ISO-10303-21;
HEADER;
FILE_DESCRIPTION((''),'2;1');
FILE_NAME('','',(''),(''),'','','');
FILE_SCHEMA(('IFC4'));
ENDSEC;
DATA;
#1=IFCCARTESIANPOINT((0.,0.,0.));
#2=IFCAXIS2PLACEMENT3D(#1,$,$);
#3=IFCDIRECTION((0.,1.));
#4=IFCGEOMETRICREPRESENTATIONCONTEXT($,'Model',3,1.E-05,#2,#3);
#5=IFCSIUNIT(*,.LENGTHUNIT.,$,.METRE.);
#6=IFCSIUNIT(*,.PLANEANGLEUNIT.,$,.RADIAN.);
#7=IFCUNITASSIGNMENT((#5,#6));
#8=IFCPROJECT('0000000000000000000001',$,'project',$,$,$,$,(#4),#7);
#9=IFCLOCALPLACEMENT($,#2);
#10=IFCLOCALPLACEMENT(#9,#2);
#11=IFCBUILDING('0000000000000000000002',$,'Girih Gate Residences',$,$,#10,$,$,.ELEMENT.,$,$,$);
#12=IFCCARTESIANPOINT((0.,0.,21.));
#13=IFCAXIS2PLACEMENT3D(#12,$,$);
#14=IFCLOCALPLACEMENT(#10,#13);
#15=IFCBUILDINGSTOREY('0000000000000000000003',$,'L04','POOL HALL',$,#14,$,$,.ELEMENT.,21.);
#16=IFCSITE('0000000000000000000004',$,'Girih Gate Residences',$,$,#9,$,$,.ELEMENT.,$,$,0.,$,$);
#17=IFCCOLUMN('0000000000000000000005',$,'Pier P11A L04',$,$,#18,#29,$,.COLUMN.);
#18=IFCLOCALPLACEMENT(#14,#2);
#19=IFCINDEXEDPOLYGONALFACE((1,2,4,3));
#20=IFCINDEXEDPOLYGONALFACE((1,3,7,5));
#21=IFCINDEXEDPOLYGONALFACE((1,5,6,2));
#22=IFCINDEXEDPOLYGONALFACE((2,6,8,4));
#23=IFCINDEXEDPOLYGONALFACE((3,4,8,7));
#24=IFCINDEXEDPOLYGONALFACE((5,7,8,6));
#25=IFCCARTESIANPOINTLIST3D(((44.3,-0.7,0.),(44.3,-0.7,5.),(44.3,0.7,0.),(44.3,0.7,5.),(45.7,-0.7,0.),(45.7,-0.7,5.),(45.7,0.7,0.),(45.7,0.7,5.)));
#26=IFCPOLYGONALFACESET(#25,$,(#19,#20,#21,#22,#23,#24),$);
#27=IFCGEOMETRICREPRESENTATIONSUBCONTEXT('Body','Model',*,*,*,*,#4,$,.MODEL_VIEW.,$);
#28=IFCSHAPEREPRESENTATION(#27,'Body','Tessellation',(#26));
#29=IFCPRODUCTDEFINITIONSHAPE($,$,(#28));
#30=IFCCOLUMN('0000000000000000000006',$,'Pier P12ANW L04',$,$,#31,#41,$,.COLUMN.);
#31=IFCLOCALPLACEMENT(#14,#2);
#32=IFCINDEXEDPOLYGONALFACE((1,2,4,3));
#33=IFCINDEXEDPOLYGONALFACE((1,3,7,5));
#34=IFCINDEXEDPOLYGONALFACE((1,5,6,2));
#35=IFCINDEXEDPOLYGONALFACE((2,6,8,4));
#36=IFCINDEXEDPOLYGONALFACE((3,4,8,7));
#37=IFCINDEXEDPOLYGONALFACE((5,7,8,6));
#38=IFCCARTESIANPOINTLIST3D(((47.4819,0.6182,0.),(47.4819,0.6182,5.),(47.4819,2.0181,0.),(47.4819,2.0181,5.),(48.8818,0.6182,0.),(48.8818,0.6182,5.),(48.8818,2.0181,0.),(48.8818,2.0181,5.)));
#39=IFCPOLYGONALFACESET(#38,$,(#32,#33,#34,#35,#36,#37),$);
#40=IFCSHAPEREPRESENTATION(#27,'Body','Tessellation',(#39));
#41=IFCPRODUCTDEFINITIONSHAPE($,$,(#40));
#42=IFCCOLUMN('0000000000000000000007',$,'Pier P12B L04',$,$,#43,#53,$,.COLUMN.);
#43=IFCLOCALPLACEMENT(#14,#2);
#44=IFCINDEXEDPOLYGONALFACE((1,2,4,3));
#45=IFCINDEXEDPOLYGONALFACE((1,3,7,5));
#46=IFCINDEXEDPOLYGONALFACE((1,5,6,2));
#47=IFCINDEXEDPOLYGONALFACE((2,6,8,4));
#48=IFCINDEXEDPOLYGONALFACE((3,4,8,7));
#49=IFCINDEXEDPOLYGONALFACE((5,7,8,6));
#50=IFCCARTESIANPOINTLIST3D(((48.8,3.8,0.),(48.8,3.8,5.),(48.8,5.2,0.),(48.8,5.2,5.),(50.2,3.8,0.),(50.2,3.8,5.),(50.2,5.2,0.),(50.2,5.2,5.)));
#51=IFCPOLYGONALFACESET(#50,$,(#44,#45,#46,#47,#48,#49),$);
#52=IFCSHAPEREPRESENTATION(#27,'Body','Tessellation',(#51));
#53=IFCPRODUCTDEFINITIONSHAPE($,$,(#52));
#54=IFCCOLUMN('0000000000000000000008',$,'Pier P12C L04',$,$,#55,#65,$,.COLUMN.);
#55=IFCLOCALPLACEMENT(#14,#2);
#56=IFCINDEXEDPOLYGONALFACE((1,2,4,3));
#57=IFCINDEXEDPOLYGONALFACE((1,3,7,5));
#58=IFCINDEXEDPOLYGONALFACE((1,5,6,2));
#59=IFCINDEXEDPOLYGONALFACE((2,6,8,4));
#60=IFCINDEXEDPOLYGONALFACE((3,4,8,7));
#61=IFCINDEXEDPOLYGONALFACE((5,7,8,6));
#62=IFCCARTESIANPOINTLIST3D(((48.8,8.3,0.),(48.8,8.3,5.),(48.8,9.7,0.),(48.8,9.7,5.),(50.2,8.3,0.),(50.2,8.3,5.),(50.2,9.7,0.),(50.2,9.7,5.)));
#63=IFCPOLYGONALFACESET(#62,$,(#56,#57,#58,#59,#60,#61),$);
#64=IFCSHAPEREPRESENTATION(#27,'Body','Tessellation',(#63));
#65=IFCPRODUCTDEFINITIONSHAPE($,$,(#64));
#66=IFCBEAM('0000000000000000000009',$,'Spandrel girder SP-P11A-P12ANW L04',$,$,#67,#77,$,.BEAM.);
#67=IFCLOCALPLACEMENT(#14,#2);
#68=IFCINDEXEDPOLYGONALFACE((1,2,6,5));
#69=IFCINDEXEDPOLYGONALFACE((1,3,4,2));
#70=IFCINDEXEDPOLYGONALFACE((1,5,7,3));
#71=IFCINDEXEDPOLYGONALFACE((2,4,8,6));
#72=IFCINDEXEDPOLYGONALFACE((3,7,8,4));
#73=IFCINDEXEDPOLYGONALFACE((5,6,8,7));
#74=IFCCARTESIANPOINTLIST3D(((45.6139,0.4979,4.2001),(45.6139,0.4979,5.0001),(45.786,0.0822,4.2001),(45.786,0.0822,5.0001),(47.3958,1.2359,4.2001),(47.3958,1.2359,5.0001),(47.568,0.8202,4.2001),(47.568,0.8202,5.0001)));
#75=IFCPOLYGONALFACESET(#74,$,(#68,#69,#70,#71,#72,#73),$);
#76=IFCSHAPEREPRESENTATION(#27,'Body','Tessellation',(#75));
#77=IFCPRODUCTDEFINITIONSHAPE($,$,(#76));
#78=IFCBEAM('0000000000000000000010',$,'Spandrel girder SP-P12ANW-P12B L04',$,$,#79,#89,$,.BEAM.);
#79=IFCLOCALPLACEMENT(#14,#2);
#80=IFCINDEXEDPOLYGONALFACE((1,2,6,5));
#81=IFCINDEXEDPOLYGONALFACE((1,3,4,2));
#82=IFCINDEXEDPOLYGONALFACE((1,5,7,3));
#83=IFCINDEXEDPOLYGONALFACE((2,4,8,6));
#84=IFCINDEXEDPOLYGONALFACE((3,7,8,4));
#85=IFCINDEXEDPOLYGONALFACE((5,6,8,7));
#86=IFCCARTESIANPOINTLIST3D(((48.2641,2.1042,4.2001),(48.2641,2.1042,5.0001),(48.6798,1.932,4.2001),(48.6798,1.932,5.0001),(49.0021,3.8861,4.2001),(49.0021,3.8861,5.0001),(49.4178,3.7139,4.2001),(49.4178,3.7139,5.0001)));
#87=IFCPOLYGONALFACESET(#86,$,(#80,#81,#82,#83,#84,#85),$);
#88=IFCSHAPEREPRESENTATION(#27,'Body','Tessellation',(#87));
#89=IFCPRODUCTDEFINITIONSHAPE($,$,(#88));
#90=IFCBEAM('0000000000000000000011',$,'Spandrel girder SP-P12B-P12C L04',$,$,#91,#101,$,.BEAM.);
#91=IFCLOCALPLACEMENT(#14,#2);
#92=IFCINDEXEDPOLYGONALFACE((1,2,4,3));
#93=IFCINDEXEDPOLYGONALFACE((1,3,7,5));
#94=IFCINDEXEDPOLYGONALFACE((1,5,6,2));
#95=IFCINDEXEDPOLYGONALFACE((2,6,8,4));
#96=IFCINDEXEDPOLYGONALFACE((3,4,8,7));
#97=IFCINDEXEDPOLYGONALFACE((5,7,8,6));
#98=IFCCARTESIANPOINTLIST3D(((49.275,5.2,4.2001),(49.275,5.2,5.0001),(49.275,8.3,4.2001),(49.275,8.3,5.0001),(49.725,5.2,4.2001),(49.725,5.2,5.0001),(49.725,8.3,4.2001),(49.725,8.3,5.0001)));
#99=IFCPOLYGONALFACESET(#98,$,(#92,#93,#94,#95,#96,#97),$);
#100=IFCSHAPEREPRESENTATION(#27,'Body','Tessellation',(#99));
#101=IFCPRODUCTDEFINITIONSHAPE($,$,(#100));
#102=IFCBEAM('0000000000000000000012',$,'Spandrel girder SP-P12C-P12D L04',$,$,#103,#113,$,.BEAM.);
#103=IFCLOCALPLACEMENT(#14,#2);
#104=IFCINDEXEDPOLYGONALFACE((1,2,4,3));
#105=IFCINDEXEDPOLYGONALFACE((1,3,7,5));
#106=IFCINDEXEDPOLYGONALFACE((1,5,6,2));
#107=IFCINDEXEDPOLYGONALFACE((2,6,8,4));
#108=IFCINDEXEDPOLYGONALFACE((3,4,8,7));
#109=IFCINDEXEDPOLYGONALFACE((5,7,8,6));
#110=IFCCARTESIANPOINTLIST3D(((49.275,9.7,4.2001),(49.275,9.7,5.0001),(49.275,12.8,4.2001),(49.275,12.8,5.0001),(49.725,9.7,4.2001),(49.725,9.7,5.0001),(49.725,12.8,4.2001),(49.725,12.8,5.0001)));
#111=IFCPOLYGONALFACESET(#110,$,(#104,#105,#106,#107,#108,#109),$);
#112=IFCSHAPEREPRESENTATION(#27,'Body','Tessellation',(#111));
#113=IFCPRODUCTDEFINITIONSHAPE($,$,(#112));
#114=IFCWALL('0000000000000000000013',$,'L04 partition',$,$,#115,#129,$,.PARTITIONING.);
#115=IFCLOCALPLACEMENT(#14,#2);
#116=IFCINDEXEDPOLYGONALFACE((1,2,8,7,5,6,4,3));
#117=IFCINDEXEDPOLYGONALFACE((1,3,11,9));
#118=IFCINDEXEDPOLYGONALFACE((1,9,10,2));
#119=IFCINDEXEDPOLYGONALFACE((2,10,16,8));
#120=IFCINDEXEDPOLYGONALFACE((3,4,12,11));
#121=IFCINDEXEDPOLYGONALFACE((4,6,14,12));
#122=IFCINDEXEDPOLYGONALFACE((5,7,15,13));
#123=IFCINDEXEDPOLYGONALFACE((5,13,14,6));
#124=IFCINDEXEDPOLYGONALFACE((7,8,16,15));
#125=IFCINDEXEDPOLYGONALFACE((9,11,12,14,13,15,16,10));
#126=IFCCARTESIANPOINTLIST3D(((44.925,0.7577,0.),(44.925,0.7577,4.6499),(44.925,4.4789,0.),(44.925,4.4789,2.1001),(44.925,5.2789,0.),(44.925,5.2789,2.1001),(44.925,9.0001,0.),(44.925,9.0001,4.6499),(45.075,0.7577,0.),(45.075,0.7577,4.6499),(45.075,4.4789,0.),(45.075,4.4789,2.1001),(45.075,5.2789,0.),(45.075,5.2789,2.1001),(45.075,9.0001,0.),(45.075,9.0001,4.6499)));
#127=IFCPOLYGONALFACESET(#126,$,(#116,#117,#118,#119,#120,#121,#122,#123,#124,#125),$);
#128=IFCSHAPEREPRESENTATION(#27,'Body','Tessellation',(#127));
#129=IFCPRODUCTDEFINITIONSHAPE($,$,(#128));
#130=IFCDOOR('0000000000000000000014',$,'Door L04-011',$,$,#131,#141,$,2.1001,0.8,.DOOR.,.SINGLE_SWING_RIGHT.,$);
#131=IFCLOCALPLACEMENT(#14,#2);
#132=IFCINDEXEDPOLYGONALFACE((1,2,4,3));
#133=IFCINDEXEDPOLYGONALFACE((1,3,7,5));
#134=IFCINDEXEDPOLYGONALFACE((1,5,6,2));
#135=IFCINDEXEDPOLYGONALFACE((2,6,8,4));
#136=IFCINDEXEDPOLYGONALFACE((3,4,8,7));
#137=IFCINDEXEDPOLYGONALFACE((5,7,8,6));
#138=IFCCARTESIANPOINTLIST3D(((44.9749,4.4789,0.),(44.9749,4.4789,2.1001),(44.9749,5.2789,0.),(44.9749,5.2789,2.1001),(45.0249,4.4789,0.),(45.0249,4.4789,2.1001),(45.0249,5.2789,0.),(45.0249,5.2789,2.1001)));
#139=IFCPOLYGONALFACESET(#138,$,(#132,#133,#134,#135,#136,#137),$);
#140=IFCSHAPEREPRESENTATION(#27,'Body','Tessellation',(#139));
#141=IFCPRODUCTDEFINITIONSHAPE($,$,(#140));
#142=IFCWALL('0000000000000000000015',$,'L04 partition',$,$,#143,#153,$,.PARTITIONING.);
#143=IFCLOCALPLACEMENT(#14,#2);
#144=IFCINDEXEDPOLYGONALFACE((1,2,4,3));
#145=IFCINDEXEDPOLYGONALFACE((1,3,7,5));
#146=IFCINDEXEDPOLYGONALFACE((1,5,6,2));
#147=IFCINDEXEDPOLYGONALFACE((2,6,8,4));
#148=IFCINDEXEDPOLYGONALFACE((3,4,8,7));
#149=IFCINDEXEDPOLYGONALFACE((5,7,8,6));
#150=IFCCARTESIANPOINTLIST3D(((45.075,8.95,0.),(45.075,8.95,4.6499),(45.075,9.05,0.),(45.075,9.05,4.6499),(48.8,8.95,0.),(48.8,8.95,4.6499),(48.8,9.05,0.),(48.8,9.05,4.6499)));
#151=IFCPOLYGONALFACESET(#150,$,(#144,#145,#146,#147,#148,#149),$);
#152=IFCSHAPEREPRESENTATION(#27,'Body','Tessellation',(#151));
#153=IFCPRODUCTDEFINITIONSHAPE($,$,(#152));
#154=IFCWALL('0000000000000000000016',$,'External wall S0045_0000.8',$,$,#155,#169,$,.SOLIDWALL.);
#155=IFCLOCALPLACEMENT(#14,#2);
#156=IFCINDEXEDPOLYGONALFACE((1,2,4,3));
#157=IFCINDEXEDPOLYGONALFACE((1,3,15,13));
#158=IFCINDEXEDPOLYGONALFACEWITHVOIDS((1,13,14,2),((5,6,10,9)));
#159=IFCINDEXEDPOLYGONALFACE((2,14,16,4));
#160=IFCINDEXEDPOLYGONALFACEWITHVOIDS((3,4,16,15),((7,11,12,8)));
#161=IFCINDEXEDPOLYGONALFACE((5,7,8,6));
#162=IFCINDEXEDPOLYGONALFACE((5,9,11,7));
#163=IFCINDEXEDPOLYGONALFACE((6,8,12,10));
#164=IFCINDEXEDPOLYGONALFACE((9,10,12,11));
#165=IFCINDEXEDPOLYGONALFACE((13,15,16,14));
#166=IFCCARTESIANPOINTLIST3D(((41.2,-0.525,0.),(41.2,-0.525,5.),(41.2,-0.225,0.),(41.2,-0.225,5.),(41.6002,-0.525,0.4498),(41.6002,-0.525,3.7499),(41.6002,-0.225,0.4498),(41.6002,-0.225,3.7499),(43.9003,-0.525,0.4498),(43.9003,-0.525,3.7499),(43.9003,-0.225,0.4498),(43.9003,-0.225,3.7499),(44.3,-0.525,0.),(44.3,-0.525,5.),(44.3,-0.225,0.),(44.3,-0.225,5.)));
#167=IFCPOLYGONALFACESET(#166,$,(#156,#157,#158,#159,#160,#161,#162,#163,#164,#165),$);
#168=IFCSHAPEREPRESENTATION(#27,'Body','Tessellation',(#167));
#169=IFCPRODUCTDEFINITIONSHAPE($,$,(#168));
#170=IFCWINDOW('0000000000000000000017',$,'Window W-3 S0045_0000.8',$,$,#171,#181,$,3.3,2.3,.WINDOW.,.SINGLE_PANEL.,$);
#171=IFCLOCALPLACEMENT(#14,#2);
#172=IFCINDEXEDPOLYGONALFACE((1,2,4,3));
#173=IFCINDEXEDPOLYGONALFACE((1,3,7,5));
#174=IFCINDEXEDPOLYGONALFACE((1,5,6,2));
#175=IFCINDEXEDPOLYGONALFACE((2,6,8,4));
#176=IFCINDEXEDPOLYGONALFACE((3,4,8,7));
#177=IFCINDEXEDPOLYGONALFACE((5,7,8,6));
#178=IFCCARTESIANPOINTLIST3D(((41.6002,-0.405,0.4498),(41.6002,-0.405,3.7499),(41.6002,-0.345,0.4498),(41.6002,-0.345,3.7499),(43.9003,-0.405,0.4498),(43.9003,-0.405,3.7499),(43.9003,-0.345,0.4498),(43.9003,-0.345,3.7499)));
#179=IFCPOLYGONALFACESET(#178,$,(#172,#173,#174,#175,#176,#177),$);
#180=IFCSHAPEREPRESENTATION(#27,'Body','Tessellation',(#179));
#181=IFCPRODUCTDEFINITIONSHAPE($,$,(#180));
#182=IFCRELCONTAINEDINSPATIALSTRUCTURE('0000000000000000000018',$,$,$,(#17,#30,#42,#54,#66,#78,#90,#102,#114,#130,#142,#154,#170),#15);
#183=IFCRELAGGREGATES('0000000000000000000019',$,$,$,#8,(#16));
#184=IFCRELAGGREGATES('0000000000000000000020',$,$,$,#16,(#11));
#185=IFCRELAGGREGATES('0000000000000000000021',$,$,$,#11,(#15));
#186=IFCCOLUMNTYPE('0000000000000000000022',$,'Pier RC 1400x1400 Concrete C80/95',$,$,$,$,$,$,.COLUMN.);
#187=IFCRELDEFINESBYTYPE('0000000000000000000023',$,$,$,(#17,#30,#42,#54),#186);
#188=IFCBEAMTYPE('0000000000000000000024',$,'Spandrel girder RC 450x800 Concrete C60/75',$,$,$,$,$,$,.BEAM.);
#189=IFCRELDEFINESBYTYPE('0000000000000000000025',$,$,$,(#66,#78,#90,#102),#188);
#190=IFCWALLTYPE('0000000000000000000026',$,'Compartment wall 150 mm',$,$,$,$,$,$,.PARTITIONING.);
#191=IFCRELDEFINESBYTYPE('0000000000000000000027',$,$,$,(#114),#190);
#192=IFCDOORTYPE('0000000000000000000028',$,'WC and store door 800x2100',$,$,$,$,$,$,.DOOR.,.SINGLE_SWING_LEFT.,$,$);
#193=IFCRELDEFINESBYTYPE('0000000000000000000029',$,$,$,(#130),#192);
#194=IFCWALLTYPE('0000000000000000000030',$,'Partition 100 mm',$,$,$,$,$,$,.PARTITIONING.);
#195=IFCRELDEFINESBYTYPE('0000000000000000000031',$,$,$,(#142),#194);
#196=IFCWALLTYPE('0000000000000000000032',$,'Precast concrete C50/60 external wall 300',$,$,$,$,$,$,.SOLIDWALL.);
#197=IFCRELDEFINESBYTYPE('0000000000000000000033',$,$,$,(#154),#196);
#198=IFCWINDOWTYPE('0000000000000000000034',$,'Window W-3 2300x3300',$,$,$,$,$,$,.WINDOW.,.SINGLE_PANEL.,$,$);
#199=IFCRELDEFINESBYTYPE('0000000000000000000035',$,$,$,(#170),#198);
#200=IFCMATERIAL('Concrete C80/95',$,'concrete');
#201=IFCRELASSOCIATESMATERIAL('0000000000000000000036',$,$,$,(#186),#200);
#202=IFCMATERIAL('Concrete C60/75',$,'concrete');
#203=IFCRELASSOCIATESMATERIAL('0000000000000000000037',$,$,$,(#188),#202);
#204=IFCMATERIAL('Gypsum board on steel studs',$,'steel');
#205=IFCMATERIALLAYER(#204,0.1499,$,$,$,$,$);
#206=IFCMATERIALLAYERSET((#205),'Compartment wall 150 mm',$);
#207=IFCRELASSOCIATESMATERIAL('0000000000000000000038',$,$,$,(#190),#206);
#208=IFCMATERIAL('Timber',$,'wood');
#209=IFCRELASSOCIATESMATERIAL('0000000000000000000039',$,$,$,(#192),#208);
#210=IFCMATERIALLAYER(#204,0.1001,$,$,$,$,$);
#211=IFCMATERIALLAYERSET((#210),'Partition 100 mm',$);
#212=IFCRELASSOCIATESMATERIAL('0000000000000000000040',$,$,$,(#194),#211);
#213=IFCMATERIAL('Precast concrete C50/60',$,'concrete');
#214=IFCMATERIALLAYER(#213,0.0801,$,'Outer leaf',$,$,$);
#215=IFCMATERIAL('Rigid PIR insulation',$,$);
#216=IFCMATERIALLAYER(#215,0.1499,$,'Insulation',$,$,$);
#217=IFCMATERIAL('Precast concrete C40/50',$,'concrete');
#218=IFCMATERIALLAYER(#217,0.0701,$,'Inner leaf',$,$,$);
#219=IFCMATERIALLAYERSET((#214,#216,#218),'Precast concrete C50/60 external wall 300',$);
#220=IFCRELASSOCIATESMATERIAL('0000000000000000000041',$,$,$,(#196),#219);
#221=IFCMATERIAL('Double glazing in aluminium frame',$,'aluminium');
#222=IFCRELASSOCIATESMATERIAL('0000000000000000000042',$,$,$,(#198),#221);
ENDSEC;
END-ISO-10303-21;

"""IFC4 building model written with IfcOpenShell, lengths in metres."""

from ifc_helpers import new_model, si_unit, direction, frame, frame_2d, origin, origin_2d, place, context, subcontext, project, spatial, rectangle, extrude, material, layer, layer_set, material_profile, profile_set, type_object, element, fill, save


model = new_model("IFC4")

# Units and contexts
model_context = context("Model", 3, precision=1e-05, world=origin(), true_north=direction((0.0, 1.0)))
body_context = subcontext(model_context, "Body", "Model", "MODEL_VIEW")
ifc_project = project(units=[si_unit("LENGTHUNIT", "METRE"), si_unit("PLANEANGLEUNIT", "RADIAN")], contexts=[model_context])

# Site, building, storey
site_placement = place(None, origin())
site = spatial("IfcSite", under=ifc_project, at=site_placement, Name="Girih Gate Residences", CompositionType="ELEMENT", RefElevation=0.0)
building_placement = place(site_placement, origin())
building = spatial("IfcBuilding", under=site, at=building_placement, Name="Girih Gate Residences", CompositionType="ELEMENT")
storey_placement = place(building_placement, frame((0.0, 0.0, 21.0)))
storey = spatial("IfcBuildingStorey", under=building, at=storey_placement, Name="L04", Description="POOL HALL", CompositionType="ELEMENT", Elevation=21.0)

# Columns
ifc_material_1 = material(Name="Concrete C80/95", Category="concrete")
ifc_material_profile_1 = material_profile(ifc_material_1, rectangle(XDim=1.3999, YDim=1.3999, at=origin_2d()))
ifc_profile_set_1 = profile_set([ifc_material_profile_1], Name="Concrete C80/95")
column_type = type_object("IfcColumnType", Name="Pier RC 1400x1400 Concrete C80/95", PredefinedType="COLUMN", material=ifc_profile_set_1)
for number, where, z_axis, x_axis, name in (
    (1, (45.0, 0.0, 0.0), (0.0, 0.0, 1.0), (1.0, 0.0, 0.0), "Pier P11A L04"),
    (2, (48.1819, 1.3181, 0.0), (0.0, 0.0, 1.0), (1.0, 0.0, 0.0), "Pier P12ANW L04"),
    (3, (49.5, 4.5, 0.0), (0.0, 0.0, 1.0), (1.0, 0.0, 0.0), "Pier P12B L04"),
    (4, (49.5, 9.0, 0.0), (0.0, 0.0, 1.0), (1.0, 0.0, 0.0), "Pier P12C L04"),
):
    element("IfcColumn", number, at=place(storey_placement, frame(where, z_axis=z_axis, x_axis=x_axis)), inside=storey, type_object=column_type, Name=name, PredefinedType="COLUMN", context=body_context, shape_type="SweptSolid", body=[
        extrude(rectangle(XDim=1.3999, YDim=1.3999, at=origin_2d()), origin(), (0.0, 0.0, 1.0), 5.0),
    ])

# Beams
ifc_material_2 = material(Name="Concrete C60/75", Category="concrete")
ifc_material_profile_2 = material_profile(ifc_material_2, rectangle(XDim=0.45, YDim=0.8, at=origin_2d()))
ifc_profile_set_2 = profile_set([ifc_material_profile_2], Name="Concrete C60/75")
beam_type = type_object("IfcBeamType", Name="Spandrel girder RC 450x800 Concrete C60/75", PredefinedType="BEAM", material=ifc_profile_set_2)
for number, where, z_axis, x_axis, name in (
    (5, (45.7, 0.29, 4.6001), (0.923895, 0.382646, 0.0), (-0.382646, 0.923895, 0.0), "Spandrel girder SP-P11A-P12ANW L04"),
    (6, (48.4719, 2.0181, 4.6001), (0.382646, 0.923895, 0.0), (-0.923895, 0.382646, 0.0), "Spandrel girder SP-P12ANW-P12B L04"),
):
    element("IfcBeam", number, at=place(storey_placement, frame(where, z_axis=z_axis, x_axis=x_axis)), inside=storey, type_object=beam_type, Name=name, PredefinedType="BEAM", context=body_context, shape_type="SweptSolid", body=[
        extrude(rectangle(XDim=0.45, YDim=0.8, at=origin_2d()), origin(), (0.0, 0.0, 1.0), 1.9287),
    ])
for number, where, z_axis, x_axis, name in (
    (7, (49.5, 5.2, 4.6001), (0.0, 1.0, 0.0), (-1.0, 0.0, 0.0), "Spandrel girder SP-P12B-P12C L04"),
    (8, (49.5, 9.7, 4.6001), (0.0, 1.0, 0.0), (-1.0, 0.0, 0.0), "Spandrel girder SP-P12C-P12D L04"),
):
    element("IfcBeam", number, at=place(storey_placement, frame(where, z_axis=z_axis, x_axis=x_axis)), inside=storey, type_object=beam_type, Name=name, PredefinedType="BEAM", context=body_context, shape_type="SweptSolid", body=[
        extrude(rectangle(XDim=0.45, YDim=0.8, at=origin_2d()), origin(), (0.0, 0.0, 1.0), 3.1001),
    ])

# Wall, opening, door
ifc_material_3 = material(Name="Gypsum board on steel studs", Category="steel")
ifc_layer_1 = layer(ifc_material_3, 0.1499)
ifc_layer_set_1 = layer_set([ifc_layer_1], Name="Compartment wall 150 mm")
wall_type_1 = type_object("IfcWallType", Name="Compartment wall 150 mm", PredefinedType="PARTITIONING", material=ifc_layer_set_1)
wall_1_placement = place(storey_placement, frame((45.0, 9.0, 0.0), z_axis=(0.0, 0.0, 1.0), x_axis=(0.0, -1.0, 0.0)))
wall_1 = element("IfcWall", 9, at=wall_1_placement, inside=storey, type_object=wall_type_1, Name="L04 partition", PredefinedType="PARTITIONING", context=body_context, shape_type="SweptSolid", body=[
    extrude(rectangle(XDim=8.2424, YDim=0.1499, at=frame_2d((4.1211, 0.0))), origin(), (0.0, 0.0, 1.0), 4.6499),
])
opening_1_placement = place(wall_1_placement, frame((3.7212, 0.0, 0.0)))
opening_1 = element("IfcOpeningElement", 10, at=opening_1_placement, cuts=wall_1, PredefinedType="OPENING", context=body_context, shape_type="SweptSolid", body=[
    extrude(rectangle(XDim=0.8, YDim=2.1001, at=frame_2d((0.3999, 1.05))), frame((0.0, 0.085, 0.0), z_axis=(0.0, -1.0, 0.0), x_axis=(1.0, 0.0, 0.0)), (0.0, 0.0, 1.0), 0.1699),
])
ifc_material_4 = material(Name="Timber", Category="wood")
door_type = type_object("IfcDoorType", Name="WC and store door 800x2100", OperationType="SINGLE_SWING_LEFT", PredefinedType="DOOR", material=ifc_material_4)
door_placement = place(opening_1_placement, origin())
door = element("IfcDoor", 11, at=door_placement, inside=storey, type_object=door_type, Name="Door L04-011", OperationType="SINGLE_SWING_RIGHT", OverallHeight=2.1001, OverallWidth=0.8, PredefinedType="DOOR", context=body_context, shape_type="SweptSolid", body=[
    extrude(rectangle(XDim=0.8, YDim=2.1001, at=frame_2d((0.3999, 1.05))), frame((0.0, 0.0249, 0.0), z_axis=(0.0, -1.0, 0.0), x_axis=(1.0, 0.0, 0.0)), (0.0, 0.0, 1.0), 0.05),
])
fill(opening_1, door)

# Wall
ifc_layer_2 = layer(ifc_material_3, 0.1001)
ifc_layer_set_2 = layer_set([ifc_layer_2], Name="Partition 100 mm")
wall_type_2 = type_object("IfcWallType", Name="Partition 100 mm", PredefinedType="PARTITIONING", material=ifc_layer_set_2)
wall_2_placement = place(storey_placement, frame((45.075, 9.0, 0.0), z_axis=(0.0, 0.0, 1.0), x_axis=(1.0, 0.0, 0.0)))
element("IfcWall", 12, at=wall_2_placement, inside=storey, type_object=wall_type_2, Name="L04 partition", PredefinedType="PARTITIONING", context=body_context, shape_type="SweptSolid", body=[
    extrude(rectangle(XDim=3.7251, YDim=0.1001, at=frame_2d((1.8625, 0.0))), origin(), (0.0, 0.0, 1.0), 4.6499),
])

# Wall, opening, window
ifc_material_5 = material(Name="Precast concrete C50/60", Category="concrete")
ifc_layer_3 = layer(ifc_material_5, 0.0801, Name="Outer leaf")
ifc_material_6 = material(Name="Rigid PIR insulation")
ifc_layer_4 = layer(ifc_material_6, 0.1499, Name="Insulation")
ifc_material_7 = material(Name="Precast concrete C40/50", Category="concrete")
ifc_layer_5 = layer(ifc_material_7, 0.0701, Name="Inner leaf")
ifc_layer_set_3 = layer_set([ifc_layer_3, ifc_layer_4, ifc_layer_5], Name="Precast concrete C50/60 external wall 300")
wall_type_3 = type_object("IfcWallType", Name="Precast concrete C50/60 external wall 300", PredefinedType="SOLIDWALL", material=ifc_layer_set_3)
wall_3_placement = place(storey_placement, frame((44.3, -0.375, 0.0), z_axis=(0.0, 0.0, 1.0), x_axis=(-1.0, 0.0, 0.0)))
wall_3 = element("IfcWall", 13, at=wall_3_placement, inside=storey, type_object=wall_type_3, Name="External wall S0045_0000.8", PredefinedType="SOLIDWALL", context=body_context, shape_type="SweptSolid", body=[
    extrude(rectangle(XDim=3.1001, YDim=0.3, at=frame_2d((1.55, 0.0))), origin(), (0.0, 0.0, 1.0), 5.0),
])
opening_2_placement = place(wall_3_placement, frame((0.3999, 0.0, 0.45)))
opening_2 = element("IfcOpeningElement", 14, at=opening_2_placement, cuts=wall_3, PredefinedType="OPENING", context=body_context, shape_type="SweptSolid", body=[
    extrude(rectangle(XDim=2.3, YDim=3.3, at=frame_2d((1.1499, 1.6499))), frame((0.0, 0.1599, 0.0), z_axis=(0.0, -1.0, 0.0), x_axis=(1.0, 0.0, 0.0)), (0.0, 0.0, 1.0), 0.3201),
])
ifc_material_8 = material(Name="Double glazing in aluminium frame", Category="aluminium")
window_type_1 = type_object("IfcWindowType", Name="Window W-3 2300x3300", PartitioningType="SINGLE_PANEL", PredefinedType="WINDOW", material=ifc_material_8)
window_1_placement = place(opening_2_placement, origin())
window_1 = element("IfcWindow", 15, at=window_1_placement, inside=storey, type_object=window_type_1, Name="Window W-3 S0045_0000.8", OverallHeight=3.3, OverallWidth=2.3, PartitioningType="SINGLE_PANEL", PredefinedType="WINDOW", context=body_context, shape_type="SweptSolid", body=[
    extrude(rectangle(XDim=2.3, YDim=3.3, at=frame_2d((1.1499, 1.6499))), frame((0.0, 0.03, 0.0), z_axis=(0.0, -1.0, 0.0), x_axis=(1.0, 0.0, 0.0)), (0.0, 0.0, 1.0), 0.0601),
])
fill(opening_2, window_1)

save(model, "model.ifc")
